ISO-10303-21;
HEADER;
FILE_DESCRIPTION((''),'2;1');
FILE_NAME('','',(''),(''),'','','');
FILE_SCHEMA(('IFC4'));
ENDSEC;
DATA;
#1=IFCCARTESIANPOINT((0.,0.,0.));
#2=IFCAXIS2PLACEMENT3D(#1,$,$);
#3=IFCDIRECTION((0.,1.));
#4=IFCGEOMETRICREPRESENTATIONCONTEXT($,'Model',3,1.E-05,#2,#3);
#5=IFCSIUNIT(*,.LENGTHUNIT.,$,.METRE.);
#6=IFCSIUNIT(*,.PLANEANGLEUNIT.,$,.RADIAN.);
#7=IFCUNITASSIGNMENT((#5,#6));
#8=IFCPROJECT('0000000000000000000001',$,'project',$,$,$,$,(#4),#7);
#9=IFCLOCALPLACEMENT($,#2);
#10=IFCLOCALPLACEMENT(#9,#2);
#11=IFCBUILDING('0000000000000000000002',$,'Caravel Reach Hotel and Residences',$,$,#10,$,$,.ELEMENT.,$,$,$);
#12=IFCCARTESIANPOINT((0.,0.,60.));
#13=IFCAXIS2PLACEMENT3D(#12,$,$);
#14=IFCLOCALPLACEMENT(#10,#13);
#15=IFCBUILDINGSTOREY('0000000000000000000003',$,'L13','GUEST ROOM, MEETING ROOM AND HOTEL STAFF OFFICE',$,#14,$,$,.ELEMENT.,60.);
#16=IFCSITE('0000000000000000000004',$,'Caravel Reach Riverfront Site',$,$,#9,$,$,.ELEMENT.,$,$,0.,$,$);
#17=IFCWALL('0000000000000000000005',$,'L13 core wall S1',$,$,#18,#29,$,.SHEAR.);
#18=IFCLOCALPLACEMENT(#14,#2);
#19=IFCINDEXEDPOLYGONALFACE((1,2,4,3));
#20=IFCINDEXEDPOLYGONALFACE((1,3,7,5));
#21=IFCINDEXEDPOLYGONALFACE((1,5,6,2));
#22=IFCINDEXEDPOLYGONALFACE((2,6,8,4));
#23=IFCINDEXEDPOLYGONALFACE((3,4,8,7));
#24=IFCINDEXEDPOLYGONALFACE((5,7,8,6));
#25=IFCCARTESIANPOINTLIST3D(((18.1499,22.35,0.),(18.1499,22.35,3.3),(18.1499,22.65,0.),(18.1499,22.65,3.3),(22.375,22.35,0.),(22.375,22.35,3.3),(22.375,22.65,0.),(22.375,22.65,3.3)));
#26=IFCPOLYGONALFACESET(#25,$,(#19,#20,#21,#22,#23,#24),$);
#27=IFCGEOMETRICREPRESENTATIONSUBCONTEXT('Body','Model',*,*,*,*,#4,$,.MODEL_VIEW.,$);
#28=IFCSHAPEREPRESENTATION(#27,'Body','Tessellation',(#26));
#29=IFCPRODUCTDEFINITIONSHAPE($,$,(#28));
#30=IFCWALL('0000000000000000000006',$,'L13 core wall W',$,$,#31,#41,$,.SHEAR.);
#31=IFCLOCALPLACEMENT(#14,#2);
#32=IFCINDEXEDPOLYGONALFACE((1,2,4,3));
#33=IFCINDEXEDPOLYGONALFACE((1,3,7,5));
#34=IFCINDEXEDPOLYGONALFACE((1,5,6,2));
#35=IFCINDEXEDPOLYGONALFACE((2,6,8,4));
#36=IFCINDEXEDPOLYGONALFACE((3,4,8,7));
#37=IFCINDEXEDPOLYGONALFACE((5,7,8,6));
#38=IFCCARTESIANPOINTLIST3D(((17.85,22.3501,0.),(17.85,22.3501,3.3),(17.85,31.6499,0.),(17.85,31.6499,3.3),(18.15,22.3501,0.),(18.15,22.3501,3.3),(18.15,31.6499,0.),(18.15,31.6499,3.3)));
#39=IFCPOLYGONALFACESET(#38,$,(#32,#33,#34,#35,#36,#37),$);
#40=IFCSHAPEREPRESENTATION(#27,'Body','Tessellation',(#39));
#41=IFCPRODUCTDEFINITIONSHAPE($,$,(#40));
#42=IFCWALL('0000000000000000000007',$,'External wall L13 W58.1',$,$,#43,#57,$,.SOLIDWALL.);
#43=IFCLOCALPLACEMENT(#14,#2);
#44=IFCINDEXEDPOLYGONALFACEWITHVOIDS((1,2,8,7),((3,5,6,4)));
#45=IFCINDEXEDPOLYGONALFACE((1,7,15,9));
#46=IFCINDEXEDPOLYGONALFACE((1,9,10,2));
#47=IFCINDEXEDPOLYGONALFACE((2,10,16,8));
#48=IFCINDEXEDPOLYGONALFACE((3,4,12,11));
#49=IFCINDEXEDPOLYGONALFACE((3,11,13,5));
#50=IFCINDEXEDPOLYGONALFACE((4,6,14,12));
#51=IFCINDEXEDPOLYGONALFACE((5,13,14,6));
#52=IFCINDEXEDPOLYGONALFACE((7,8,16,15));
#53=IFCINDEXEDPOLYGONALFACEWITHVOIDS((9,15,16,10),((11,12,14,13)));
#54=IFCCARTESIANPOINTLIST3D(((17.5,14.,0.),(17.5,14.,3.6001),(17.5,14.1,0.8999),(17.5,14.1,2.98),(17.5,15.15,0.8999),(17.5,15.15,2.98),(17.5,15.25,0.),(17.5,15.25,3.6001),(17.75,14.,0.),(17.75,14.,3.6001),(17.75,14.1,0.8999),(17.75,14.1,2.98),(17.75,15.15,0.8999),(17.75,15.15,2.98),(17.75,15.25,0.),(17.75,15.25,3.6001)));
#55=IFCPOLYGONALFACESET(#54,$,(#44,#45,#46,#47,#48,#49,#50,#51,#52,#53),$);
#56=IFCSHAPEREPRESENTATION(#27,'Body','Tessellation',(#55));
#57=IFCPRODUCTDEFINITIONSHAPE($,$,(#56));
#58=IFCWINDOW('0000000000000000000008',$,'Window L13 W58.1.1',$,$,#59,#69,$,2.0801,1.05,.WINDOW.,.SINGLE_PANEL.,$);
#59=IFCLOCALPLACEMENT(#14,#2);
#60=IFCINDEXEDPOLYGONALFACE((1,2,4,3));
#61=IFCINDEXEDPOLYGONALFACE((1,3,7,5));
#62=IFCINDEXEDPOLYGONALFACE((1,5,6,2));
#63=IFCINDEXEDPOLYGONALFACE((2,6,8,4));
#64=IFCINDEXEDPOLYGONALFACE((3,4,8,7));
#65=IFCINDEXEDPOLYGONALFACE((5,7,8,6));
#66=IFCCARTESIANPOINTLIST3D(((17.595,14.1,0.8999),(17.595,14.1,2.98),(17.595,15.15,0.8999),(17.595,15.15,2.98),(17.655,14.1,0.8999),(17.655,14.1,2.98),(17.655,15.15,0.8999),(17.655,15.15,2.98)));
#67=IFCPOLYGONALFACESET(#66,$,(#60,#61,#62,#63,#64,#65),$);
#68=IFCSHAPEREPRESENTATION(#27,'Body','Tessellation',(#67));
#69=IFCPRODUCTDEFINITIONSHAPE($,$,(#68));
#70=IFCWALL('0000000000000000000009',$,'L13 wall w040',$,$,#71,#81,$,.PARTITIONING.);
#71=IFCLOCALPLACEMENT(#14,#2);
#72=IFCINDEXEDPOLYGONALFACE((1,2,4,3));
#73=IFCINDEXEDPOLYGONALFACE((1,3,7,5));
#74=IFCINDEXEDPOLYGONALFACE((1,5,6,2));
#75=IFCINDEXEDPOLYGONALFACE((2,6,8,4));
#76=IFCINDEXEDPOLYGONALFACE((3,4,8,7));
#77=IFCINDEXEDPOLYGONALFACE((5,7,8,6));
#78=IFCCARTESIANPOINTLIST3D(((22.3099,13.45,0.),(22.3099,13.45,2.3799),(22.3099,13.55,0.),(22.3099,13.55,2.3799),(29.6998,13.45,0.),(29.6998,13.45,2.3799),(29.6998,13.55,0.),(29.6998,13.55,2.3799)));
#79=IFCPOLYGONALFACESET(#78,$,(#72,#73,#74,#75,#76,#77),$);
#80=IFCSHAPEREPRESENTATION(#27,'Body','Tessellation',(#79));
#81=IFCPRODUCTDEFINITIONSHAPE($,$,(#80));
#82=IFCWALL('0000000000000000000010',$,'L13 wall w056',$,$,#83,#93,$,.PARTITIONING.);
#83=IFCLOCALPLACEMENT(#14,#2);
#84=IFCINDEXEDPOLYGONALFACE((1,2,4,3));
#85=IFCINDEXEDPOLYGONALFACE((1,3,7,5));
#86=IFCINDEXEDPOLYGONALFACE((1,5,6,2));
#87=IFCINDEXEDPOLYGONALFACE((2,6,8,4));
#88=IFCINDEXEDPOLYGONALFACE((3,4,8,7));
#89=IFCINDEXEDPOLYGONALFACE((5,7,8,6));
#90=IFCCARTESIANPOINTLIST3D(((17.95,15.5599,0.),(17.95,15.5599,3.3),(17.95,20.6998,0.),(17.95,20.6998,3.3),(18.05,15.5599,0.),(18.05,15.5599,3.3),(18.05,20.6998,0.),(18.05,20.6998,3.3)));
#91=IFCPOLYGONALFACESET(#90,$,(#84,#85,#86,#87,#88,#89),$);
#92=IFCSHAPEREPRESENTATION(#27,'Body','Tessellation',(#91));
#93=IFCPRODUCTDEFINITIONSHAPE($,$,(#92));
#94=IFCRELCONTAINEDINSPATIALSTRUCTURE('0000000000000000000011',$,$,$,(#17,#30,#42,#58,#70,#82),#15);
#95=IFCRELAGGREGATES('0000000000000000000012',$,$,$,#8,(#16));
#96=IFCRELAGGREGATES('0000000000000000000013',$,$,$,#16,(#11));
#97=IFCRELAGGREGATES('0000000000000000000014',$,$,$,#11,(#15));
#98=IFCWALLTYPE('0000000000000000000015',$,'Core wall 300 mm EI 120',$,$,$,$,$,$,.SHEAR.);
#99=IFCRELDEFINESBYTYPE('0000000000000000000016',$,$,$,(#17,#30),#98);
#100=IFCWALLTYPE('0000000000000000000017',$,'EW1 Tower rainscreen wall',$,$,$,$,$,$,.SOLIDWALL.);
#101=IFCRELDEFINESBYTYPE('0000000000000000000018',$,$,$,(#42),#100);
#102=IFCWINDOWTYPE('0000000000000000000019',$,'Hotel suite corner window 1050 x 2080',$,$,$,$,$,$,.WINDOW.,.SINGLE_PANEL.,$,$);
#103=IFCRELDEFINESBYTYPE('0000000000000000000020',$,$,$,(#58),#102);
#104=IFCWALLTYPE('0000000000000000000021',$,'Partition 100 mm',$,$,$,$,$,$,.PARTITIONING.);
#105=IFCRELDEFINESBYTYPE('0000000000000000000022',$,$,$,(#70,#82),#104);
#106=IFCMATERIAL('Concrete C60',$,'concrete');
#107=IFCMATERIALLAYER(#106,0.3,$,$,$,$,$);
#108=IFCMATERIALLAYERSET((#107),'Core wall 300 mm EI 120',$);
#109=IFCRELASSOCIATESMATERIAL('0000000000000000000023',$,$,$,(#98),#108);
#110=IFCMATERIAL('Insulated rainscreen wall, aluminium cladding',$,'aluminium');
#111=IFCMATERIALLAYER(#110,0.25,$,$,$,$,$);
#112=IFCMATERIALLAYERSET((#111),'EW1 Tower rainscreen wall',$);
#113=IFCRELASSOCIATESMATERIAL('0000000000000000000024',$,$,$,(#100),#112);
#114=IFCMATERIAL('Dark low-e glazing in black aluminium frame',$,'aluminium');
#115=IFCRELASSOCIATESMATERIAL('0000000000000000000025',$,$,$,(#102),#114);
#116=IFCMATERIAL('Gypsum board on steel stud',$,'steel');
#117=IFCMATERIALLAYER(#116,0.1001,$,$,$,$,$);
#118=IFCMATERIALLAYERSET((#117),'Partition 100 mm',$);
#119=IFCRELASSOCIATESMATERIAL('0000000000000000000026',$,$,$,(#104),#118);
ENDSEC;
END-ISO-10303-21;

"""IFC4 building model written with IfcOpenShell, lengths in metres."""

from ifc_helpers import new_model, si_unit, direction, frame, frame_2d, origin, place, context, subcontext, project, spatial, rectangle, extrude, material, layer, layer_set, type_object, element, fill, save


model = new_model("IFC4")

# Units and contexts
model_context = context("Model", 3, precision=1e-05, world=origin(), true_north=direction((0.0, 1.0)))
body_context = subcontext(model_context, "Body", "Model", "MODEL_VIEW")
ifc_project = project(units=[si_unit("LENGTHUNIT", "METRE"), si_unit("PLANEANGLEUNIT", "RADIAN")], contexts=[model_context])

# Site, building, storey
site_placement = place(None, origin())
site = spatial("IfcSite", under=ifc_project, at=site_placement, Name="Caravel Reach Riverfront Site", CompositionType="ELEMENT", RefElevation=0.0)
building_placement = place(site_placement, origin())
building = spatial("IfcBuilding", under=site, at=building_placement, Name="Caravel Reach Hotel and Residences", CompositionType="ELEMENT")
storey_placement = place(building_placement, frame((0.0, 0.0, 60.0)))
storey = spatial("IfcBuildingStorey", under=building, at=storey_placement, Name="L13", Description="GUEST ROOM, MEETING ROOM AND HOTEL STAFF OFFICE", CompositionType="ELEMENT", Elevation=60.0)

# Walls
ifc_material_1 = material(Name="Concrete C60", Category="concrete")
ifc_layer_1 = layer(ifc_material_1, 0.3)
ifc_layer_set_1 = layer_set([ifc_layer_1], Name="Core wall 300 mm EI 120")
wall_type_1 = type_object("IfcWallType", Name="Core wall 300 mm EI 120", PredefinedType="SHEAR", material=ifc_layer_set_1)
wall_1_placement = place(storey_placement, frame((18.1499, 22.5, 0.0), z_axis=(0.0, 0.0, 1.0), x_axis=(1.0, 0.0, 0.0)))
element("IfcWall", 1, at=wall_1_placement, inside=storey, type_object=wall_type_1, Name="L13 core wall S1", PredefinedType="SHEAR", context=body_context, shape_type="SweptSolid", body=[
    extrude(rectangle(XDim=4.2251, YDim=0.3, at=frame_2d((2.1125, 0.0))), origin(), (0.0, 0.0, 1.0), 3.3),
])
wall_2_placement = place(storey_placement, frame((18.0, 22.3501, 0.0), z_axis=(0.0, 0.0, 1.0), x_axis=(0.0, 1.0, 0.0)))
element("IfcWall", 2, at=wall_2_placement, inside=storey, type_object=wall_type_1, Name="L13 core wall W", PredefinedType="SHEAR", context=body_context, shape_type="SweptSolid", body=[
    extrude(rectangle(XDim=9.2998, YDim=0.3, at=frame_2d((4.6499, 0.0))), origin(), (0.0, 0.0, 1.0), 3.3),
])

# Wall, opening, window
ifc_material_2 = material(Name="Insulated rainscreen wall, aluminium cladding", Category="aluminium")
ifc_layer_2 = layer(ifc_material_2, 0.25)
ifc_layer_set_2 = layer_set([ifc_layer_2], Name="EW1 Tower rainscreen wall")
wall_type_2 = type_object("IfcWallType", Name="EW1 Tower rainscreen wall", PredefinedType="SOLIDWALL", material=ifc_layer_set_2)
wall_3_placement = place(storey_placement, frame((17.625, 15.25, 0.0), z_axis=(0.0, 0.0, 1.0), x_axis=(0.0, -1.0, 0.0)))
wall_3 = element("IfcWall", 3, at=wall_3_placement, inside=storey, type_object=wall_type_2, Name="External wall L13 W58.1", PredefinedType="SOLIDWALL", context=body_context, shape_type="SweptSolid", body=[
    extrude(rectangle(XDim=1.25, YDim=0.25, at=frame_2d((0.625, 0.0))), origin(), (0.0, 0.0, 1.0), 3.6001),
])
opening_1_placement = place(wall_3_placement, frame((0.1001, 0.0, 0.8999)))
opening_1 = element("IfcOpeningElement", 4, at=opening_1_placement, cuts=wall_3, PredefinedType="OPENING", context=body_context, shape_type="SweptSolid", body=[
    extrude(rectangle(XDim=1.05, YDim=2.0801, at=frame_2d((0.5249, 1.04))), frame((0.0, 0.135, 0.0), z_axis=(0.0, -1.0, 0.0), x_axis=(1.0, 0.0, 0.0)), (0.0, 0.0, 1.0), 0.27),
])
ifc_material_3 = material(Name="Dark low-e glazing in black aluminium frame", Category="aluminium")
window_type = type_object("IfcWindowType", Name="Hotel suite corner window 1050 x 2080", PartitioningType="SINGLE_PANEL", PredefinedType="WINDOW", material=ifc_material_3)
window_placement = place(opening_1_placement, origin())
window = element("IfcWindow", 5, at=window_placement, inside=storey, type_object=window_type, Name="Window L13 W58.1.1", OverallHeight=2.0801, OverallWidth=1.05, PartitioningType="SINGLE_PANEL", PredefinedType="WINDOW", context=body_context, shape_type="SweptSolid", body=[
    extrude(rectangle(XDim=1.05, YDim=2.0801, at=frame_2d((0.5249, 1.04))), frame((0.0, 0.03, 0.0), z_axis=(0.0, -1.0, 0.0), x_axis=(1.0, 0.0, 0.0)), (0.0, 0.0, 1.0), 0.0601),
])
fill(opening_1, window)

# Walls
ifc_material_4 = material(Name="Gypsum board on steel stud", Category="steel")
ifc_layer_3 = layer(ifc_material_4, 0.1001)
ifc_layer_set_3 = layer_set([ifc_layer_3], Name="Partition 100 mm")
wall_type_3 = type_object("IfcWallType", Name="Partition 100 mm", PredefinedType="PARTITIONING", material=ifc_layer_set_3)
wall_4_placement = place(storey_placement, frame((22.3101, 13.5, 0.0), z_axis=(0.0, 0.0, 1.0), x_axis=(1.0, 0.0, 0.0)))
element("IfcWall", 6, at=wall_4_placement, inside=storey, type_object=wall_type_3, Name="L13 wall w040", PredefinedType="PARTITIONING", context=body_context, shape_type="SweptSolid", body=[
    extrude(rectangle(XDim=7.3899, YDim=0.1001, at=frame_2d((3.6948, 0.0))), origin(), (0.0, 0.0, 1.0), 2.3799),
])
wall_5_placement = place(storey_placement, frame((18.0, 15.5601, 0.0), z_axis=(0.0, 0.0, 1.0), x_axis=(0.0, 1.0, 0.0)))
element("IfcWall", 7, at=wall_5_placement, inside=storey, type_object=wall_type_3, Name="L13 wall w056", PredefinedType="PARTITIONING", context=body_context, shape_type="SweptSolid", body=[
    extrude(rectangle(XDim=5.1399, YDim=0.1001, at=frame_2d((2.5698, 0.0))), origin(), (0.0, 0.0, 1.0), 3.3),
])

save(model, "model.ifc")
